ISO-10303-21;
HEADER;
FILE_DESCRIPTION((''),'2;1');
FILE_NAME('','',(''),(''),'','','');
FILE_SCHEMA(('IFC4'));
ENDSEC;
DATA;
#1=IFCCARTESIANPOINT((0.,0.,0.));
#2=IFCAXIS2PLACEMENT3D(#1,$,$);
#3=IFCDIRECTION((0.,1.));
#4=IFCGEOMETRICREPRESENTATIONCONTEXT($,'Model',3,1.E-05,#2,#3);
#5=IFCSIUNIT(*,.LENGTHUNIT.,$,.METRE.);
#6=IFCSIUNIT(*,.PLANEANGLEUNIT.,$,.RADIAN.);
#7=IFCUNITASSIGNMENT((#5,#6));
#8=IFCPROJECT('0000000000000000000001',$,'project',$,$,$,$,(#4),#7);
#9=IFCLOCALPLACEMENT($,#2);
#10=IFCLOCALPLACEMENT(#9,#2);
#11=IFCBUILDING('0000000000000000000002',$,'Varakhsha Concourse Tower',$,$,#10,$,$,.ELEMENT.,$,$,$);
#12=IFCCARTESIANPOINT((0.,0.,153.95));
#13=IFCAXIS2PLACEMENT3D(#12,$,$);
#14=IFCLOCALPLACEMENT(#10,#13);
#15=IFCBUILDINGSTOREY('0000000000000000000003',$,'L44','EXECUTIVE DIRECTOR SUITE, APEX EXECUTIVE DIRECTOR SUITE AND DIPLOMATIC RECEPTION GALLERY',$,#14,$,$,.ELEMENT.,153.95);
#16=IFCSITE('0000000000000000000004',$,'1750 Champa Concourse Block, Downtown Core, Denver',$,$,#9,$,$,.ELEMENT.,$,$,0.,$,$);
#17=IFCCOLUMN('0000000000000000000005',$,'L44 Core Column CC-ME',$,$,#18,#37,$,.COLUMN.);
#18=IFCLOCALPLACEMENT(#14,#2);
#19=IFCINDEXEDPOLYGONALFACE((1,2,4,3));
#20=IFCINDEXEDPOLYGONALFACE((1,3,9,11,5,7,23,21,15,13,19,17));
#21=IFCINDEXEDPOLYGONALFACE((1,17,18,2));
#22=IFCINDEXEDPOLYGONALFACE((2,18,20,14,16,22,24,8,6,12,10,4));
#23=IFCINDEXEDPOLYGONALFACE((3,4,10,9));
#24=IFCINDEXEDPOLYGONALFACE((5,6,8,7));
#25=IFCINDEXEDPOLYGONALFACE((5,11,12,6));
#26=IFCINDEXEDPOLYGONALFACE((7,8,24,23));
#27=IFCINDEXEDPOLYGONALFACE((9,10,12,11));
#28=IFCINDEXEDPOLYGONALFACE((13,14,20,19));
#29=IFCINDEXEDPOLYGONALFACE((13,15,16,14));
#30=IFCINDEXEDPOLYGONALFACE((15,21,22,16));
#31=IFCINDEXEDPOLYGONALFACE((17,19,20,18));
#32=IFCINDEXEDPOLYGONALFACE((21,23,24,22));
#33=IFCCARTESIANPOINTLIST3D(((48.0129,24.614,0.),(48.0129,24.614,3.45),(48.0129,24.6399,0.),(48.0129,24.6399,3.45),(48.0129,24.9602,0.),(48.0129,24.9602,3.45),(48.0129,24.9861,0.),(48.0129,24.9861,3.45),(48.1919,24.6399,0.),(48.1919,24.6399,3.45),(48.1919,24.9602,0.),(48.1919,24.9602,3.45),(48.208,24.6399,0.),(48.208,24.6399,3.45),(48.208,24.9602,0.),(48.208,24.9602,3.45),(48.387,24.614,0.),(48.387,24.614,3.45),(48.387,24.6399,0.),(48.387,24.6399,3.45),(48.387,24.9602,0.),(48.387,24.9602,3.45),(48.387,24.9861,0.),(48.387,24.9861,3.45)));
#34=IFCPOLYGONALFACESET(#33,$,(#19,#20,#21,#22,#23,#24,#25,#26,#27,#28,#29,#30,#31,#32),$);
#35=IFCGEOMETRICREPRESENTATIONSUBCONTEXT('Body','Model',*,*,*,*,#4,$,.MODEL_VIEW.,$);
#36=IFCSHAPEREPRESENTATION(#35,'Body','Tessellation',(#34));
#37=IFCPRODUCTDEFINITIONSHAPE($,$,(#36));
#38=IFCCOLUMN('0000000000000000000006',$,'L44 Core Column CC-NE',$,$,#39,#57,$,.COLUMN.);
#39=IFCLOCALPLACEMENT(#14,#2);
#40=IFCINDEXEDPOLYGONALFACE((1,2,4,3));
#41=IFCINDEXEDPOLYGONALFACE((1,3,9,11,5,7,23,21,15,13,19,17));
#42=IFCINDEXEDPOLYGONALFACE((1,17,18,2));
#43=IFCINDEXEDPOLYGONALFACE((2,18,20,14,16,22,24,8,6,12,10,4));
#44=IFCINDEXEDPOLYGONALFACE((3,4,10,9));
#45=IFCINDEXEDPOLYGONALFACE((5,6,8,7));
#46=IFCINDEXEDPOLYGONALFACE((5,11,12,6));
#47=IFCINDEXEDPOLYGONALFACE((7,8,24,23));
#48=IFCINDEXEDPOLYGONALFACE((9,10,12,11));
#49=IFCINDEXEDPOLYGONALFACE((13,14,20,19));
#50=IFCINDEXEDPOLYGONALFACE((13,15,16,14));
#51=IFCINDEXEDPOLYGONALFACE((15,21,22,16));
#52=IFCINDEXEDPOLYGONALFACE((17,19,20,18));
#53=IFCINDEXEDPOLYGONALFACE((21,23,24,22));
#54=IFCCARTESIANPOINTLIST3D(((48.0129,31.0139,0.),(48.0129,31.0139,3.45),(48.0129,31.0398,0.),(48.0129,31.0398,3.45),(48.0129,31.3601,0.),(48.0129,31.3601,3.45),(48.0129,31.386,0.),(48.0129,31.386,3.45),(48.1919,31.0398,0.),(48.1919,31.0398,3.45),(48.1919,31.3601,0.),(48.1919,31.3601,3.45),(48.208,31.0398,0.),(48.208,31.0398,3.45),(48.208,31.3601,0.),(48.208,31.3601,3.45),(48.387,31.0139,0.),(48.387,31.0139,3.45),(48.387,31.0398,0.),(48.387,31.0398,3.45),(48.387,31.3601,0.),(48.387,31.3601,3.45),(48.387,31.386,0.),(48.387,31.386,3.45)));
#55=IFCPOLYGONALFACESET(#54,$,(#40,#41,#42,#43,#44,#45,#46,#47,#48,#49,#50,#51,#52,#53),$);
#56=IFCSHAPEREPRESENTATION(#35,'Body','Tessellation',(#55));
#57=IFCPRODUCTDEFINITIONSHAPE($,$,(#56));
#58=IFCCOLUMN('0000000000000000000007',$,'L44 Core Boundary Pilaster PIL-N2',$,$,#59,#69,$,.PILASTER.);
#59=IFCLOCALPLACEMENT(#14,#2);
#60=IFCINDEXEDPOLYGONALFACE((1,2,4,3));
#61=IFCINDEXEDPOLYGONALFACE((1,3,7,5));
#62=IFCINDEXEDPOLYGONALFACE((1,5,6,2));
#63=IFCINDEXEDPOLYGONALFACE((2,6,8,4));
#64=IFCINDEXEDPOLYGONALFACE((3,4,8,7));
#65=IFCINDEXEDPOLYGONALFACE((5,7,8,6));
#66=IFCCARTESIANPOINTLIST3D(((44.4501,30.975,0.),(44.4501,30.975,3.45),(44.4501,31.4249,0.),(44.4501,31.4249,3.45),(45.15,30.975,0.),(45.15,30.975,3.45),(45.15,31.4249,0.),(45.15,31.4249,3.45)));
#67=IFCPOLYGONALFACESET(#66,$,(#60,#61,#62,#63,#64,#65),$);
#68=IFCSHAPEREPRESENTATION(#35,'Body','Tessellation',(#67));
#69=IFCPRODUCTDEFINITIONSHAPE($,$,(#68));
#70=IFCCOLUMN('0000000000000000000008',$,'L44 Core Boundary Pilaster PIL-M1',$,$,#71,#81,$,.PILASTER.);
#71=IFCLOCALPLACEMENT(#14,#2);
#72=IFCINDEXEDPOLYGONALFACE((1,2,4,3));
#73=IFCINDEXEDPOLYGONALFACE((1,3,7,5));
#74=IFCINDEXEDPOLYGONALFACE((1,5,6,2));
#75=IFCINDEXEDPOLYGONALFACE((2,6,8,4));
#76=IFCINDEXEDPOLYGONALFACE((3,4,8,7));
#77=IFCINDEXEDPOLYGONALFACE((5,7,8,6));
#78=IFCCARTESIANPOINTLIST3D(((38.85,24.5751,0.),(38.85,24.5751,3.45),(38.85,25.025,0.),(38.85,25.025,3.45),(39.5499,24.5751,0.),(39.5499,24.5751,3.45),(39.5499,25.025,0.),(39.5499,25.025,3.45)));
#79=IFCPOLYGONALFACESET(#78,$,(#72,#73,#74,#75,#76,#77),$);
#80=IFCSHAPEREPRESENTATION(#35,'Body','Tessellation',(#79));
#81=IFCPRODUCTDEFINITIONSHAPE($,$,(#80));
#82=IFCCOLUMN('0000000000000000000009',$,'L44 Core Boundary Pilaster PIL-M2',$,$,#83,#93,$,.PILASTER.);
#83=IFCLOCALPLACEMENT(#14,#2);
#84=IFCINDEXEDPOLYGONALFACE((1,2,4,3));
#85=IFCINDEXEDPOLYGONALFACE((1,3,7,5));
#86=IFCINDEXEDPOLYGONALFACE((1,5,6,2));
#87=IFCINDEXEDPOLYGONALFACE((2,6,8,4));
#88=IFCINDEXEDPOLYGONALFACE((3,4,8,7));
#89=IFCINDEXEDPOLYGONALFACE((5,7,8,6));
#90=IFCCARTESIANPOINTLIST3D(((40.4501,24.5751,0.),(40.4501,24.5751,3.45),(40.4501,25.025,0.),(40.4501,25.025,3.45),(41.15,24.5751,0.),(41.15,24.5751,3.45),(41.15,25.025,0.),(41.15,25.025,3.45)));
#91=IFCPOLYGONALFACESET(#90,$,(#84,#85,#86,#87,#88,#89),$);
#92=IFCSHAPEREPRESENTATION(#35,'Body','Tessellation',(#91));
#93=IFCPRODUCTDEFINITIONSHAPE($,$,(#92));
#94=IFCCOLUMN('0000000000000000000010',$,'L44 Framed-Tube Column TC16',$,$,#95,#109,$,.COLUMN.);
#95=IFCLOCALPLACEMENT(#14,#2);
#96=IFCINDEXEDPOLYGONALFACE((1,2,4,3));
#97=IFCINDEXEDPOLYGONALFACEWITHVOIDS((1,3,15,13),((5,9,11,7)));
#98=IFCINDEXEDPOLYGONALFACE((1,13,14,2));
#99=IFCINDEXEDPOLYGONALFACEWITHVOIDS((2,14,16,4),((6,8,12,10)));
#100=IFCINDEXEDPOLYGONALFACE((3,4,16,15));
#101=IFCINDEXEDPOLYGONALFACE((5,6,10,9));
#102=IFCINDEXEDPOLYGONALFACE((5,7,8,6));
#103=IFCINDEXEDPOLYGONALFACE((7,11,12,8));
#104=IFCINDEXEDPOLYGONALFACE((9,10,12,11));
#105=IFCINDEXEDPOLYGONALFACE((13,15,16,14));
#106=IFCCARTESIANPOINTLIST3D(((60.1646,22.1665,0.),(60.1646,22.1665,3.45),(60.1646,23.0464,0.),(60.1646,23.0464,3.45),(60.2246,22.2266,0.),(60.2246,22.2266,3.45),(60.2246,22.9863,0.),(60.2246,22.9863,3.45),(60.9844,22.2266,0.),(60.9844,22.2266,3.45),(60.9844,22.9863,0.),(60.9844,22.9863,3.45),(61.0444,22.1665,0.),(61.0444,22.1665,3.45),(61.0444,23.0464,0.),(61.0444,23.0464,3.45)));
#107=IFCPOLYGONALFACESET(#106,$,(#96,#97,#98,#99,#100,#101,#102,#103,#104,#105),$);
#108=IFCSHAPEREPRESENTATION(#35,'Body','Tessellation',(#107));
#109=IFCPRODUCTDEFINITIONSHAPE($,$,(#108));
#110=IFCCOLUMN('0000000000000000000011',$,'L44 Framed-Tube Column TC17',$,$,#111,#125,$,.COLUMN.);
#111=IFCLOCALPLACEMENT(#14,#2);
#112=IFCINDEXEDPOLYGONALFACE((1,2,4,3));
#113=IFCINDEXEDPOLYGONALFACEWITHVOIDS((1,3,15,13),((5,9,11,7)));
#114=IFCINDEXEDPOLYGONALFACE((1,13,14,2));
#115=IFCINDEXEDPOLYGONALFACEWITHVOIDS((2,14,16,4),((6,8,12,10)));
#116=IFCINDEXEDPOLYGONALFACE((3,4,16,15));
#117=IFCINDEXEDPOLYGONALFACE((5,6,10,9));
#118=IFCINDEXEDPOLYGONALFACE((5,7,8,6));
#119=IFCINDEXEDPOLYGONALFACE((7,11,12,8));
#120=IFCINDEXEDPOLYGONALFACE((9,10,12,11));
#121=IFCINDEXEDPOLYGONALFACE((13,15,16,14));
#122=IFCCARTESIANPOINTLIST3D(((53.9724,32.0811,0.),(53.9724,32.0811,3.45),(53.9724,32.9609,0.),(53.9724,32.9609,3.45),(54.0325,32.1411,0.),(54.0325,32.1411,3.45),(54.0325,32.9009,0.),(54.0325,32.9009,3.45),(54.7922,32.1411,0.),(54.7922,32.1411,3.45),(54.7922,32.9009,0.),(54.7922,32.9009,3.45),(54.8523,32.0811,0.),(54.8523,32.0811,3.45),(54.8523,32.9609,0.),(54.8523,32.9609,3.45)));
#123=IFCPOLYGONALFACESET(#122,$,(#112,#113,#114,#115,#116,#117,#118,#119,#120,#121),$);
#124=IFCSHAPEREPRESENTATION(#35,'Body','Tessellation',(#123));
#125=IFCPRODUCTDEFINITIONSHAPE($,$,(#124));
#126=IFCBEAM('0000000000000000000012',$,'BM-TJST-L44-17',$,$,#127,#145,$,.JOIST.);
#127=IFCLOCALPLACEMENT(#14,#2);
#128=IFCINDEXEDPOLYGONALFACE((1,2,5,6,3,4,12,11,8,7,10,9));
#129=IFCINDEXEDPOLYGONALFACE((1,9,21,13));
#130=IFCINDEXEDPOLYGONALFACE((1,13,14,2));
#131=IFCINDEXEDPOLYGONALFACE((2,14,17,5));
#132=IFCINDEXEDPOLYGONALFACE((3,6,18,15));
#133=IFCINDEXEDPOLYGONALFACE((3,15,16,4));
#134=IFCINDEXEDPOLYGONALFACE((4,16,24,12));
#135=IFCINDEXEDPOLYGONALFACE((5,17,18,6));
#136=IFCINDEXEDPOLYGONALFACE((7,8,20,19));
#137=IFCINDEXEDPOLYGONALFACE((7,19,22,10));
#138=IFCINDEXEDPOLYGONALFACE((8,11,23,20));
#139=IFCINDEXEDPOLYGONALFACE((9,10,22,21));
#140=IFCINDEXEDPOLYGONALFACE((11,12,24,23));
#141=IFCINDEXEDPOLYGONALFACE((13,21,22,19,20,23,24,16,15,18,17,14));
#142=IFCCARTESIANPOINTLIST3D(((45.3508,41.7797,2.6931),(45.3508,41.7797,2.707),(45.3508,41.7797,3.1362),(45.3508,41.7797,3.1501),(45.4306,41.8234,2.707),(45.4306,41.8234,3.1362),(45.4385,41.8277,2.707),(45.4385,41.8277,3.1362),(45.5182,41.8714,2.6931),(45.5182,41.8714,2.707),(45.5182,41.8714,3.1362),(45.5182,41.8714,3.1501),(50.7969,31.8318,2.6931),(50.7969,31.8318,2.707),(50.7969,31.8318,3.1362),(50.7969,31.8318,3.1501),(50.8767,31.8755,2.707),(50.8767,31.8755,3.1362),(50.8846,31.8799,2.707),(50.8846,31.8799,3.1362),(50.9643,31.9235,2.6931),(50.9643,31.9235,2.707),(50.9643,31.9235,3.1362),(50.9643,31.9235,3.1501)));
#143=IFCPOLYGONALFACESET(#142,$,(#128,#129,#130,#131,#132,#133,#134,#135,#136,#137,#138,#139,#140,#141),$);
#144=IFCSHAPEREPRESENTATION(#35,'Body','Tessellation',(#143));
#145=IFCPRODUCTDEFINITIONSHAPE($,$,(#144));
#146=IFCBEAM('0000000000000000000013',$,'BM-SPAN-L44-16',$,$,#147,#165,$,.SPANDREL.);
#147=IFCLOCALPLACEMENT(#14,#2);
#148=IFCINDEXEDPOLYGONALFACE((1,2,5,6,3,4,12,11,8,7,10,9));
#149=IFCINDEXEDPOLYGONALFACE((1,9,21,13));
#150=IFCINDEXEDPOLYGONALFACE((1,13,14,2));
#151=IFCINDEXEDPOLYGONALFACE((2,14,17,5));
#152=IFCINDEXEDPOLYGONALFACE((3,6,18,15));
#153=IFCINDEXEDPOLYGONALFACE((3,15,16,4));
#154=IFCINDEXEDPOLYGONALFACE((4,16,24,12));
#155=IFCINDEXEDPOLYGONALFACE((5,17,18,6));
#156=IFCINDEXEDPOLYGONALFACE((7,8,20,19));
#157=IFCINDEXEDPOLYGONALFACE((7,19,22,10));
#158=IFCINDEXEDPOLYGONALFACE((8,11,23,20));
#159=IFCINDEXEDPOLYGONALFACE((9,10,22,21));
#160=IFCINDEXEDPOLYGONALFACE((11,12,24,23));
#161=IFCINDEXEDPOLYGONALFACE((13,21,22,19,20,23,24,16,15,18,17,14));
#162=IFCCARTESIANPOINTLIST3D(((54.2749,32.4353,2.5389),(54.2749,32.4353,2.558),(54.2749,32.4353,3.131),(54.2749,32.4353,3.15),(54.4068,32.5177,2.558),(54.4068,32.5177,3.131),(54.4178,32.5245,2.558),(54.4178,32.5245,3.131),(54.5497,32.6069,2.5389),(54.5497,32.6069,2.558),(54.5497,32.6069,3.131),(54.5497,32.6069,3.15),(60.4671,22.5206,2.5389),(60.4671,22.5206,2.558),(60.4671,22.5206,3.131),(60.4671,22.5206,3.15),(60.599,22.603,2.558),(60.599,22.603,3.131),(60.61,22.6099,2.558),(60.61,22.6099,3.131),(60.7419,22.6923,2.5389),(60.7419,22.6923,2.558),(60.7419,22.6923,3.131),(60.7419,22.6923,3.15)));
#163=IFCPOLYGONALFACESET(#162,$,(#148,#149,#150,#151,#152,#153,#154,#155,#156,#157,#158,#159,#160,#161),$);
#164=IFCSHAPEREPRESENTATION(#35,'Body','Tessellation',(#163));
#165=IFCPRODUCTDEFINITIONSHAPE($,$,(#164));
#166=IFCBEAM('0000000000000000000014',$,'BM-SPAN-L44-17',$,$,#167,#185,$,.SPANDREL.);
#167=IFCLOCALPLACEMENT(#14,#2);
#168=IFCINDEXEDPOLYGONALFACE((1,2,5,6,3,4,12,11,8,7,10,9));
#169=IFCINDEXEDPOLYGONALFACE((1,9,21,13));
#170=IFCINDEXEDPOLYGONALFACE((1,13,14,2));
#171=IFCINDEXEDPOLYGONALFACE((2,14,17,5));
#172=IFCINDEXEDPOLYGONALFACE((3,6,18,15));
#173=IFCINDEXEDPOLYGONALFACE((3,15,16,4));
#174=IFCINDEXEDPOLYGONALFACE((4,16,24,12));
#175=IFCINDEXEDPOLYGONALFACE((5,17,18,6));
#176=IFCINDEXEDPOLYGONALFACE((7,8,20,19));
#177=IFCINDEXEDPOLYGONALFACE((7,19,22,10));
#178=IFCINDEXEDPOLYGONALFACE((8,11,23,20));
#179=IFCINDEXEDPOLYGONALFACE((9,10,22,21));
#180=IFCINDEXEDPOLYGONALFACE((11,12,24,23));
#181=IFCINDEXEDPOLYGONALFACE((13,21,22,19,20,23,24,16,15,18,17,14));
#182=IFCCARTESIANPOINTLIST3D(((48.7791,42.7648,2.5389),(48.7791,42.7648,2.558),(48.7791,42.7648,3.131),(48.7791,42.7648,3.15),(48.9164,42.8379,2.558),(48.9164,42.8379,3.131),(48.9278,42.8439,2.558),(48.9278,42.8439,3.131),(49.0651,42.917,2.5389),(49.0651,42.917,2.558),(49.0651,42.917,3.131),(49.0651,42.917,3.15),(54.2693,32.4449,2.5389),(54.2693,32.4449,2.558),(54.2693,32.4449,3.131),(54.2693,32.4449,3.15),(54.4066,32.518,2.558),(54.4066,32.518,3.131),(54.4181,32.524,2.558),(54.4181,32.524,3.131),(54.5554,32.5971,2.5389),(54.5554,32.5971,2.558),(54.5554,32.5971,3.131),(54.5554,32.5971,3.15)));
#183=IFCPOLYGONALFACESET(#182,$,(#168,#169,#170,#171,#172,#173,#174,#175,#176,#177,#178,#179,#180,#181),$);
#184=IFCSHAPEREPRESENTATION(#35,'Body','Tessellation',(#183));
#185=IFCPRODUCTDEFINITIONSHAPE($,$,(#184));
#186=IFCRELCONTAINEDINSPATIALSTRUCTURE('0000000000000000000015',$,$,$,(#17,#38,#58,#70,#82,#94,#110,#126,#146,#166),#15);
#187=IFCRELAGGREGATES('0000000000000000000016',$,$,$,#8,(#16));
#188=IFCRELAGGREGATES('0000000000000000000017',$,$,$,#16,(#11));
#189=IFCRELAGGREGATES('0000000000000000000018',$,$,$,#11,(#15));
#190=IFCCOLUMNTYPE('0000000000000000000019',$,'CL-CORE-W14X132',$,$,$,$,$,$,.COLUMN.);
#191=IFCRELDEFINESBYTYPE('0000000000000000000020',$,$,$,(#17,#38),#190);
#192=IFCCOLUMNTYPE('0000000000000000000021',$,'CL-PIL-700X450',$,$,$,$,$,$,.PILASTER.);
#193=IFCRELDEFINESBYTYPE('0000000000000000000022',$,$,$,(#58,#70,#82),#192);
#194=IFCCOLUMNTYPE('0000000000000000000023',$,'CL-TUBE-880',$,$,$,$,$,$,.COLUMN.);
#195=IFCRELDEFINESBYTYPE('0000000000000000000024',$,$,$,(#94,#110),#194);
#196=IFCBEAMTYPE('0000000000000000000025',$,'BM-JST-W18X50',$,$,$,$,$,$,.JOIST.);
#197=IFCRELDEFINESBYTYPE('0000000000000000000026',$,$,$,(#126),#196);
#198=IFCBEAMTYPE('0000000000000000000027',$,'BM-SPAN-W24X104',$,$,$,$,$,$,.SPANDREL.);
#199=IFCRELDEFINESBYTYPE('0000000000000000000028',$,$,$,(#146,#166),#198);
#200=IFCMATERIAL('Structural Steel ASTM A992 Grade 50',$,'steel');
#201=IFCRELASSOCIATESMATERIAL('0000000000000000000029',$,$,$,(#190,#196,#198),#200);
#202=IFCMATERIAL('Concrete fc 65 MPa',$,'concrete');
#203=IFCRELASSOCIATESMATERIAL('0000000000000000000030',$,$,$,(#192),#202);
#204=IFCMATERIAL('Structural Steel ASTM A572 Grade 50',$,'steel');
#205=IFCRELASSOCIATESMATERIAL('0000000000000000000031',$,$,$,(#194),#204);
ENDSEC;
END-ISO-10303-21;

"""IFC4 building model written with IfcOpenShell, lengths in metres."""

from ifc_helpers import new_model, si_unit, direction, frame, origin, origin_2d, place, context, subcontext, project, spatial, rectangle, hollow_rectangle, i_section, extrude, material, material_profile, profile_set, type_object, element, save


model = new_model("IFC4")

# Units and contexts
model_context = context("Model", 3, precision=1e-05, world=origin(), true_north=direction((0.0, 1.0)))
body_context = subcontext(model_context, "Body", "Model", "MODEL_VIEW")
ifc_project = project(units=[si_unit("LENGTHUNIT", "METRE"), si_unit("PLANEANGLEUNIT", "RADIAN")], contexts=[model_context])

# Site, building, storey
site_placement = place(None, origin())
site = spatial("IfcSite", under=ifc_project, at=site_placement, Name="1750 Champa Concourse Block, Downtown Core, Denver", CompositionType="ELEMENT", RefElevation=0.0)
building_placement = place(site_placement, origin())
building = spatial("IfcBuilding", under=site, at=building_placement, Name="Varakhsha Concourse Tower", CompositionType="ELEMENT")
storey_placement = place(building_placement, frame((0.0, 0.0, 153.95)))
storey = spatial("IfcBuildingStorey", under=building, at=storey_placement, Name="L44", Description="EXECUTIVE DIRECTOR SUITE, APEX EXECUTIVE DIRECTOR SUITE AND DIPLOMATIC RECEPTION GALLERY", CompositionType="ELEMENT", Elevation=153.95)

# Columns
ifc_material_1 = material(Name="Structural Steel ASTM A992 Grade 50", Category="steel")
ifc_material_profile_1 = material_profile(ifc_material_1, i_section(OverallWidth=0.374, OverallDepth=0.3721, WebThickness=0.0161, FlangeThickness=0.0259, at=origin_2d()), Name="W14X132")
ifc_profile_set_1 = profile_set([ifc_material_profile_1], Name="Structural Steel ASTM A992 Grade 50")
column_type_1 = type_object("IfcColumnType", Name="CL-CORE-W14X132", PredefinedType="COLUMN", material=ifc_profile_set_1)
for number, where, z_axis, x_axis, name in (
    (1, (48.2, 24.8, 0.0), (0.0, 0.0, 1.0), (1.0, 0.0, 0.0), "L44 Core Column CC-ME"),
    (2, (48.2, 31.2, 0.0), (0.0, 0.0, 1.0), (1.0, 0.0, 0.0), "L44 Core Column CC-NE"),
):
    element("IfcColumn", number, at=place(storey_placement, frame(where, z_axis=z_axis, x_axis=x_axis)), inside=storey, type_object=column_type_1, Name=name, PredefinedType="COLUMN", context=body_context, shape_type="SweptSolid", body=[
        extrude(i_section(OverallWidth=0.374, OverallDepth=0.3721, WebThickness=0.0161, FlangeThickness=0.0259, at=origin_2d()), origin(), (0.0, 0.0, 1.0), 3.45),
    ])
ifc_material_2 = material(Name="Concrete fc 65 MPa", Category="concrete")
ifc_material_profile_2 = material_profile(ifc_material_2, rectangle(XDim=0.7, YDim=0.45, at=origin_2d()), Name="RC 700x450")
ifc_profile_set_2 = profile_set([ifc_material_profile_2], Name="Concrete fc 65 MPa")
column_type_2 = type_object("IfcColumnType", Name="CL-PIL-700X450", PredefinedType="PILASTER", material=ifc_profile_set_2)
for number, where, z_axis, x_axis, name in (
    (3, (44.8, 31.2, 0.0), (0.0, 0.0, 1.0), (1.0, 0.0, 0.0), "L44 Core Boundary Pilaster PIL-N2"),
    (4, (39.2, 24.8, 0.0), (0.0, 0.0, 1.0), (1.0, 0.0, 0.0), "L44 Core Boundary Pilaster PIL-M1"),
    (5, (40.8, 24.8, 0.0), (0.0, 0.0, 1.0), (1.0, 0.0, 0.0), "L44 Core Boundary Pilaster PIL-M2"),
):
    element("IfcColumn", number, at=place(storey_placement, frame(where, z_axis=z_axis, x_axis=x_axis)), inside=storey, type_object=column_type_2, Name=name, PredefinedType="PILASTER", context=body_context, shape_type="SweptSolid", body=[
        extrude(rectangle(XDim=0.7, YDim=0.45, at=origin_2d()), origin(), (0.0, 0.0, 1.0), 3.45),
    ])
ifc_material_3 = material(Name="Structural Steel ASTM A572 Grade 50", Category="steel")
ifc_material_profile_3 = material_profile(ifc_material_3, hollow_rectangle(XDim=0.8799, YDim=0.8799, WallThickness=0.0601, at=origin_2d()), Name="BOX 880x880x60")
ifc_profile_set_3 = profile_set([ifc_material_profile_3], Name="Structural Steel ASTM A572 Grade 50")
column_type_3 = type_object("IfcColumnType", Name="CL-TUBE-880", PredefinedType="COLUMN", material=ifc_profile_set_3)
for number, where, z_axis, x_axis, name in (
    (6, (60.6045, 22.6064, 0.0), (0.0, 0.0, 1.0), (1.0, 0.0, 0.0), "L44 Framed-Tube Column TC16"),
    (7, (54.4124, 32.521, 0.0), (0.0, 0.0, 1.0), (1.0, 0.0, 0.0), "L44 Framed-Tube Column TC17"),
):
    element("IfcColumn", number, at=place(storey_placement, frame(where, z_axis=z_axis, x_axis=x_axis)), inside=storey, type_object=column_type_3, Name=name, PredefinedType="COLUMN", context=body_context, shape_type="SweptSolid", body=[
        extrude(hollow_rectangle(XDim=0.8799, YDim=0.8799, WallThickness=0.0601, at=origin_2d()), origin(), (0.0, 0.0, 1.0), 3.45),
    ])

# Beams
ifc_material_profile_4 = material_profile(ifc_material_1, i_section(OverallWidth=0.1909, OverallDepth=0.457, WebThickness=0.009, FlangeThickness=0.0139, at=origin_2d()), Name="W18X50")
ifc_profile_set_4 = profile_set([ifc_material_profile_4], Name="Structural Steel ASTM A992 Grade 50")
beam_type_1 = type_object("IfcBeamType", Name="BM-JST-W18X50", PredefinedType="JOIST", material=ifc_profile_set_4)
beam_1_placement = place(storey_placement, frame((50.8806, 31.8777, 2.9216), z_axis=(-0.480211, 0.877153, 0.0), x_axis=(-0.877153, -0.480211, 0.0)))
element("IfcBeam", 8, at=beam_1_placement, inside=storey, type_object=beam_type_1, Name="BM-TJST-L44-17", PredefinedType="JOIST", context=body_context, shape_type="SweptSolid", body=[
    extrude(i_section(OverallWidth=0.1909, OverallDepth=0.457, WebThickness=0.009, FlangeThickness=0.0139, at=origin_2d()), origin(), (0.0, 0.0, 1.0), 11.3411),
])
ifc_material_profile_5 = material_profile(ifc_material_1, i_section(OverallWidth=0.324, OverallDepth=0.6111, WebThickness=0.0129, FlangeThickness=0.019, at=origin_2d()), Name="W24X104")
ifc_profile_set_5 = profile_set([ifc_material_profile_5], Name="Structural Steel ASTM A992 Grade 50")
beam_type_2 = type_object("IfcBeamType", Name="BM-SPAN-W24X104", PredefinedType="SPANDREL", material=ifc_profile_set_5)
for number, where, z_axis, x_axis, name in (
    (9, (60.6045, 22.6064, 2.8445), (-0.529725, 0.84817, 0.0), (-0.84817, -0.529725, 0.0), "BM-SPAN-L44-16"),
    (10, (54.4124, 32.521, 2.8445), (-0.469677, 0.882838, 0.0), (-0.882838, -0.469677, 0.0), "BM-SPAN-L44-17"),
):
    element("IfcBeam", number, at=place(storey_placement, frame(where, z_axis=z_axis, x_axis=x_axis)), inside=storey, type_object=beam_type_2, Name=name, PredefinedType="SPANDREL", context=body_context, shape_type="SweptSolid", body=[
        extrude(i_section(OverallWidth=0.324, OverallDepth=0.6111, WebThickness=0.0129, FlangeThickness=0.019, at=origin_2d()), origin(), (0.0, 0.0, 1.0), 11.6895),
    ])

save(model, "model.ifc")
